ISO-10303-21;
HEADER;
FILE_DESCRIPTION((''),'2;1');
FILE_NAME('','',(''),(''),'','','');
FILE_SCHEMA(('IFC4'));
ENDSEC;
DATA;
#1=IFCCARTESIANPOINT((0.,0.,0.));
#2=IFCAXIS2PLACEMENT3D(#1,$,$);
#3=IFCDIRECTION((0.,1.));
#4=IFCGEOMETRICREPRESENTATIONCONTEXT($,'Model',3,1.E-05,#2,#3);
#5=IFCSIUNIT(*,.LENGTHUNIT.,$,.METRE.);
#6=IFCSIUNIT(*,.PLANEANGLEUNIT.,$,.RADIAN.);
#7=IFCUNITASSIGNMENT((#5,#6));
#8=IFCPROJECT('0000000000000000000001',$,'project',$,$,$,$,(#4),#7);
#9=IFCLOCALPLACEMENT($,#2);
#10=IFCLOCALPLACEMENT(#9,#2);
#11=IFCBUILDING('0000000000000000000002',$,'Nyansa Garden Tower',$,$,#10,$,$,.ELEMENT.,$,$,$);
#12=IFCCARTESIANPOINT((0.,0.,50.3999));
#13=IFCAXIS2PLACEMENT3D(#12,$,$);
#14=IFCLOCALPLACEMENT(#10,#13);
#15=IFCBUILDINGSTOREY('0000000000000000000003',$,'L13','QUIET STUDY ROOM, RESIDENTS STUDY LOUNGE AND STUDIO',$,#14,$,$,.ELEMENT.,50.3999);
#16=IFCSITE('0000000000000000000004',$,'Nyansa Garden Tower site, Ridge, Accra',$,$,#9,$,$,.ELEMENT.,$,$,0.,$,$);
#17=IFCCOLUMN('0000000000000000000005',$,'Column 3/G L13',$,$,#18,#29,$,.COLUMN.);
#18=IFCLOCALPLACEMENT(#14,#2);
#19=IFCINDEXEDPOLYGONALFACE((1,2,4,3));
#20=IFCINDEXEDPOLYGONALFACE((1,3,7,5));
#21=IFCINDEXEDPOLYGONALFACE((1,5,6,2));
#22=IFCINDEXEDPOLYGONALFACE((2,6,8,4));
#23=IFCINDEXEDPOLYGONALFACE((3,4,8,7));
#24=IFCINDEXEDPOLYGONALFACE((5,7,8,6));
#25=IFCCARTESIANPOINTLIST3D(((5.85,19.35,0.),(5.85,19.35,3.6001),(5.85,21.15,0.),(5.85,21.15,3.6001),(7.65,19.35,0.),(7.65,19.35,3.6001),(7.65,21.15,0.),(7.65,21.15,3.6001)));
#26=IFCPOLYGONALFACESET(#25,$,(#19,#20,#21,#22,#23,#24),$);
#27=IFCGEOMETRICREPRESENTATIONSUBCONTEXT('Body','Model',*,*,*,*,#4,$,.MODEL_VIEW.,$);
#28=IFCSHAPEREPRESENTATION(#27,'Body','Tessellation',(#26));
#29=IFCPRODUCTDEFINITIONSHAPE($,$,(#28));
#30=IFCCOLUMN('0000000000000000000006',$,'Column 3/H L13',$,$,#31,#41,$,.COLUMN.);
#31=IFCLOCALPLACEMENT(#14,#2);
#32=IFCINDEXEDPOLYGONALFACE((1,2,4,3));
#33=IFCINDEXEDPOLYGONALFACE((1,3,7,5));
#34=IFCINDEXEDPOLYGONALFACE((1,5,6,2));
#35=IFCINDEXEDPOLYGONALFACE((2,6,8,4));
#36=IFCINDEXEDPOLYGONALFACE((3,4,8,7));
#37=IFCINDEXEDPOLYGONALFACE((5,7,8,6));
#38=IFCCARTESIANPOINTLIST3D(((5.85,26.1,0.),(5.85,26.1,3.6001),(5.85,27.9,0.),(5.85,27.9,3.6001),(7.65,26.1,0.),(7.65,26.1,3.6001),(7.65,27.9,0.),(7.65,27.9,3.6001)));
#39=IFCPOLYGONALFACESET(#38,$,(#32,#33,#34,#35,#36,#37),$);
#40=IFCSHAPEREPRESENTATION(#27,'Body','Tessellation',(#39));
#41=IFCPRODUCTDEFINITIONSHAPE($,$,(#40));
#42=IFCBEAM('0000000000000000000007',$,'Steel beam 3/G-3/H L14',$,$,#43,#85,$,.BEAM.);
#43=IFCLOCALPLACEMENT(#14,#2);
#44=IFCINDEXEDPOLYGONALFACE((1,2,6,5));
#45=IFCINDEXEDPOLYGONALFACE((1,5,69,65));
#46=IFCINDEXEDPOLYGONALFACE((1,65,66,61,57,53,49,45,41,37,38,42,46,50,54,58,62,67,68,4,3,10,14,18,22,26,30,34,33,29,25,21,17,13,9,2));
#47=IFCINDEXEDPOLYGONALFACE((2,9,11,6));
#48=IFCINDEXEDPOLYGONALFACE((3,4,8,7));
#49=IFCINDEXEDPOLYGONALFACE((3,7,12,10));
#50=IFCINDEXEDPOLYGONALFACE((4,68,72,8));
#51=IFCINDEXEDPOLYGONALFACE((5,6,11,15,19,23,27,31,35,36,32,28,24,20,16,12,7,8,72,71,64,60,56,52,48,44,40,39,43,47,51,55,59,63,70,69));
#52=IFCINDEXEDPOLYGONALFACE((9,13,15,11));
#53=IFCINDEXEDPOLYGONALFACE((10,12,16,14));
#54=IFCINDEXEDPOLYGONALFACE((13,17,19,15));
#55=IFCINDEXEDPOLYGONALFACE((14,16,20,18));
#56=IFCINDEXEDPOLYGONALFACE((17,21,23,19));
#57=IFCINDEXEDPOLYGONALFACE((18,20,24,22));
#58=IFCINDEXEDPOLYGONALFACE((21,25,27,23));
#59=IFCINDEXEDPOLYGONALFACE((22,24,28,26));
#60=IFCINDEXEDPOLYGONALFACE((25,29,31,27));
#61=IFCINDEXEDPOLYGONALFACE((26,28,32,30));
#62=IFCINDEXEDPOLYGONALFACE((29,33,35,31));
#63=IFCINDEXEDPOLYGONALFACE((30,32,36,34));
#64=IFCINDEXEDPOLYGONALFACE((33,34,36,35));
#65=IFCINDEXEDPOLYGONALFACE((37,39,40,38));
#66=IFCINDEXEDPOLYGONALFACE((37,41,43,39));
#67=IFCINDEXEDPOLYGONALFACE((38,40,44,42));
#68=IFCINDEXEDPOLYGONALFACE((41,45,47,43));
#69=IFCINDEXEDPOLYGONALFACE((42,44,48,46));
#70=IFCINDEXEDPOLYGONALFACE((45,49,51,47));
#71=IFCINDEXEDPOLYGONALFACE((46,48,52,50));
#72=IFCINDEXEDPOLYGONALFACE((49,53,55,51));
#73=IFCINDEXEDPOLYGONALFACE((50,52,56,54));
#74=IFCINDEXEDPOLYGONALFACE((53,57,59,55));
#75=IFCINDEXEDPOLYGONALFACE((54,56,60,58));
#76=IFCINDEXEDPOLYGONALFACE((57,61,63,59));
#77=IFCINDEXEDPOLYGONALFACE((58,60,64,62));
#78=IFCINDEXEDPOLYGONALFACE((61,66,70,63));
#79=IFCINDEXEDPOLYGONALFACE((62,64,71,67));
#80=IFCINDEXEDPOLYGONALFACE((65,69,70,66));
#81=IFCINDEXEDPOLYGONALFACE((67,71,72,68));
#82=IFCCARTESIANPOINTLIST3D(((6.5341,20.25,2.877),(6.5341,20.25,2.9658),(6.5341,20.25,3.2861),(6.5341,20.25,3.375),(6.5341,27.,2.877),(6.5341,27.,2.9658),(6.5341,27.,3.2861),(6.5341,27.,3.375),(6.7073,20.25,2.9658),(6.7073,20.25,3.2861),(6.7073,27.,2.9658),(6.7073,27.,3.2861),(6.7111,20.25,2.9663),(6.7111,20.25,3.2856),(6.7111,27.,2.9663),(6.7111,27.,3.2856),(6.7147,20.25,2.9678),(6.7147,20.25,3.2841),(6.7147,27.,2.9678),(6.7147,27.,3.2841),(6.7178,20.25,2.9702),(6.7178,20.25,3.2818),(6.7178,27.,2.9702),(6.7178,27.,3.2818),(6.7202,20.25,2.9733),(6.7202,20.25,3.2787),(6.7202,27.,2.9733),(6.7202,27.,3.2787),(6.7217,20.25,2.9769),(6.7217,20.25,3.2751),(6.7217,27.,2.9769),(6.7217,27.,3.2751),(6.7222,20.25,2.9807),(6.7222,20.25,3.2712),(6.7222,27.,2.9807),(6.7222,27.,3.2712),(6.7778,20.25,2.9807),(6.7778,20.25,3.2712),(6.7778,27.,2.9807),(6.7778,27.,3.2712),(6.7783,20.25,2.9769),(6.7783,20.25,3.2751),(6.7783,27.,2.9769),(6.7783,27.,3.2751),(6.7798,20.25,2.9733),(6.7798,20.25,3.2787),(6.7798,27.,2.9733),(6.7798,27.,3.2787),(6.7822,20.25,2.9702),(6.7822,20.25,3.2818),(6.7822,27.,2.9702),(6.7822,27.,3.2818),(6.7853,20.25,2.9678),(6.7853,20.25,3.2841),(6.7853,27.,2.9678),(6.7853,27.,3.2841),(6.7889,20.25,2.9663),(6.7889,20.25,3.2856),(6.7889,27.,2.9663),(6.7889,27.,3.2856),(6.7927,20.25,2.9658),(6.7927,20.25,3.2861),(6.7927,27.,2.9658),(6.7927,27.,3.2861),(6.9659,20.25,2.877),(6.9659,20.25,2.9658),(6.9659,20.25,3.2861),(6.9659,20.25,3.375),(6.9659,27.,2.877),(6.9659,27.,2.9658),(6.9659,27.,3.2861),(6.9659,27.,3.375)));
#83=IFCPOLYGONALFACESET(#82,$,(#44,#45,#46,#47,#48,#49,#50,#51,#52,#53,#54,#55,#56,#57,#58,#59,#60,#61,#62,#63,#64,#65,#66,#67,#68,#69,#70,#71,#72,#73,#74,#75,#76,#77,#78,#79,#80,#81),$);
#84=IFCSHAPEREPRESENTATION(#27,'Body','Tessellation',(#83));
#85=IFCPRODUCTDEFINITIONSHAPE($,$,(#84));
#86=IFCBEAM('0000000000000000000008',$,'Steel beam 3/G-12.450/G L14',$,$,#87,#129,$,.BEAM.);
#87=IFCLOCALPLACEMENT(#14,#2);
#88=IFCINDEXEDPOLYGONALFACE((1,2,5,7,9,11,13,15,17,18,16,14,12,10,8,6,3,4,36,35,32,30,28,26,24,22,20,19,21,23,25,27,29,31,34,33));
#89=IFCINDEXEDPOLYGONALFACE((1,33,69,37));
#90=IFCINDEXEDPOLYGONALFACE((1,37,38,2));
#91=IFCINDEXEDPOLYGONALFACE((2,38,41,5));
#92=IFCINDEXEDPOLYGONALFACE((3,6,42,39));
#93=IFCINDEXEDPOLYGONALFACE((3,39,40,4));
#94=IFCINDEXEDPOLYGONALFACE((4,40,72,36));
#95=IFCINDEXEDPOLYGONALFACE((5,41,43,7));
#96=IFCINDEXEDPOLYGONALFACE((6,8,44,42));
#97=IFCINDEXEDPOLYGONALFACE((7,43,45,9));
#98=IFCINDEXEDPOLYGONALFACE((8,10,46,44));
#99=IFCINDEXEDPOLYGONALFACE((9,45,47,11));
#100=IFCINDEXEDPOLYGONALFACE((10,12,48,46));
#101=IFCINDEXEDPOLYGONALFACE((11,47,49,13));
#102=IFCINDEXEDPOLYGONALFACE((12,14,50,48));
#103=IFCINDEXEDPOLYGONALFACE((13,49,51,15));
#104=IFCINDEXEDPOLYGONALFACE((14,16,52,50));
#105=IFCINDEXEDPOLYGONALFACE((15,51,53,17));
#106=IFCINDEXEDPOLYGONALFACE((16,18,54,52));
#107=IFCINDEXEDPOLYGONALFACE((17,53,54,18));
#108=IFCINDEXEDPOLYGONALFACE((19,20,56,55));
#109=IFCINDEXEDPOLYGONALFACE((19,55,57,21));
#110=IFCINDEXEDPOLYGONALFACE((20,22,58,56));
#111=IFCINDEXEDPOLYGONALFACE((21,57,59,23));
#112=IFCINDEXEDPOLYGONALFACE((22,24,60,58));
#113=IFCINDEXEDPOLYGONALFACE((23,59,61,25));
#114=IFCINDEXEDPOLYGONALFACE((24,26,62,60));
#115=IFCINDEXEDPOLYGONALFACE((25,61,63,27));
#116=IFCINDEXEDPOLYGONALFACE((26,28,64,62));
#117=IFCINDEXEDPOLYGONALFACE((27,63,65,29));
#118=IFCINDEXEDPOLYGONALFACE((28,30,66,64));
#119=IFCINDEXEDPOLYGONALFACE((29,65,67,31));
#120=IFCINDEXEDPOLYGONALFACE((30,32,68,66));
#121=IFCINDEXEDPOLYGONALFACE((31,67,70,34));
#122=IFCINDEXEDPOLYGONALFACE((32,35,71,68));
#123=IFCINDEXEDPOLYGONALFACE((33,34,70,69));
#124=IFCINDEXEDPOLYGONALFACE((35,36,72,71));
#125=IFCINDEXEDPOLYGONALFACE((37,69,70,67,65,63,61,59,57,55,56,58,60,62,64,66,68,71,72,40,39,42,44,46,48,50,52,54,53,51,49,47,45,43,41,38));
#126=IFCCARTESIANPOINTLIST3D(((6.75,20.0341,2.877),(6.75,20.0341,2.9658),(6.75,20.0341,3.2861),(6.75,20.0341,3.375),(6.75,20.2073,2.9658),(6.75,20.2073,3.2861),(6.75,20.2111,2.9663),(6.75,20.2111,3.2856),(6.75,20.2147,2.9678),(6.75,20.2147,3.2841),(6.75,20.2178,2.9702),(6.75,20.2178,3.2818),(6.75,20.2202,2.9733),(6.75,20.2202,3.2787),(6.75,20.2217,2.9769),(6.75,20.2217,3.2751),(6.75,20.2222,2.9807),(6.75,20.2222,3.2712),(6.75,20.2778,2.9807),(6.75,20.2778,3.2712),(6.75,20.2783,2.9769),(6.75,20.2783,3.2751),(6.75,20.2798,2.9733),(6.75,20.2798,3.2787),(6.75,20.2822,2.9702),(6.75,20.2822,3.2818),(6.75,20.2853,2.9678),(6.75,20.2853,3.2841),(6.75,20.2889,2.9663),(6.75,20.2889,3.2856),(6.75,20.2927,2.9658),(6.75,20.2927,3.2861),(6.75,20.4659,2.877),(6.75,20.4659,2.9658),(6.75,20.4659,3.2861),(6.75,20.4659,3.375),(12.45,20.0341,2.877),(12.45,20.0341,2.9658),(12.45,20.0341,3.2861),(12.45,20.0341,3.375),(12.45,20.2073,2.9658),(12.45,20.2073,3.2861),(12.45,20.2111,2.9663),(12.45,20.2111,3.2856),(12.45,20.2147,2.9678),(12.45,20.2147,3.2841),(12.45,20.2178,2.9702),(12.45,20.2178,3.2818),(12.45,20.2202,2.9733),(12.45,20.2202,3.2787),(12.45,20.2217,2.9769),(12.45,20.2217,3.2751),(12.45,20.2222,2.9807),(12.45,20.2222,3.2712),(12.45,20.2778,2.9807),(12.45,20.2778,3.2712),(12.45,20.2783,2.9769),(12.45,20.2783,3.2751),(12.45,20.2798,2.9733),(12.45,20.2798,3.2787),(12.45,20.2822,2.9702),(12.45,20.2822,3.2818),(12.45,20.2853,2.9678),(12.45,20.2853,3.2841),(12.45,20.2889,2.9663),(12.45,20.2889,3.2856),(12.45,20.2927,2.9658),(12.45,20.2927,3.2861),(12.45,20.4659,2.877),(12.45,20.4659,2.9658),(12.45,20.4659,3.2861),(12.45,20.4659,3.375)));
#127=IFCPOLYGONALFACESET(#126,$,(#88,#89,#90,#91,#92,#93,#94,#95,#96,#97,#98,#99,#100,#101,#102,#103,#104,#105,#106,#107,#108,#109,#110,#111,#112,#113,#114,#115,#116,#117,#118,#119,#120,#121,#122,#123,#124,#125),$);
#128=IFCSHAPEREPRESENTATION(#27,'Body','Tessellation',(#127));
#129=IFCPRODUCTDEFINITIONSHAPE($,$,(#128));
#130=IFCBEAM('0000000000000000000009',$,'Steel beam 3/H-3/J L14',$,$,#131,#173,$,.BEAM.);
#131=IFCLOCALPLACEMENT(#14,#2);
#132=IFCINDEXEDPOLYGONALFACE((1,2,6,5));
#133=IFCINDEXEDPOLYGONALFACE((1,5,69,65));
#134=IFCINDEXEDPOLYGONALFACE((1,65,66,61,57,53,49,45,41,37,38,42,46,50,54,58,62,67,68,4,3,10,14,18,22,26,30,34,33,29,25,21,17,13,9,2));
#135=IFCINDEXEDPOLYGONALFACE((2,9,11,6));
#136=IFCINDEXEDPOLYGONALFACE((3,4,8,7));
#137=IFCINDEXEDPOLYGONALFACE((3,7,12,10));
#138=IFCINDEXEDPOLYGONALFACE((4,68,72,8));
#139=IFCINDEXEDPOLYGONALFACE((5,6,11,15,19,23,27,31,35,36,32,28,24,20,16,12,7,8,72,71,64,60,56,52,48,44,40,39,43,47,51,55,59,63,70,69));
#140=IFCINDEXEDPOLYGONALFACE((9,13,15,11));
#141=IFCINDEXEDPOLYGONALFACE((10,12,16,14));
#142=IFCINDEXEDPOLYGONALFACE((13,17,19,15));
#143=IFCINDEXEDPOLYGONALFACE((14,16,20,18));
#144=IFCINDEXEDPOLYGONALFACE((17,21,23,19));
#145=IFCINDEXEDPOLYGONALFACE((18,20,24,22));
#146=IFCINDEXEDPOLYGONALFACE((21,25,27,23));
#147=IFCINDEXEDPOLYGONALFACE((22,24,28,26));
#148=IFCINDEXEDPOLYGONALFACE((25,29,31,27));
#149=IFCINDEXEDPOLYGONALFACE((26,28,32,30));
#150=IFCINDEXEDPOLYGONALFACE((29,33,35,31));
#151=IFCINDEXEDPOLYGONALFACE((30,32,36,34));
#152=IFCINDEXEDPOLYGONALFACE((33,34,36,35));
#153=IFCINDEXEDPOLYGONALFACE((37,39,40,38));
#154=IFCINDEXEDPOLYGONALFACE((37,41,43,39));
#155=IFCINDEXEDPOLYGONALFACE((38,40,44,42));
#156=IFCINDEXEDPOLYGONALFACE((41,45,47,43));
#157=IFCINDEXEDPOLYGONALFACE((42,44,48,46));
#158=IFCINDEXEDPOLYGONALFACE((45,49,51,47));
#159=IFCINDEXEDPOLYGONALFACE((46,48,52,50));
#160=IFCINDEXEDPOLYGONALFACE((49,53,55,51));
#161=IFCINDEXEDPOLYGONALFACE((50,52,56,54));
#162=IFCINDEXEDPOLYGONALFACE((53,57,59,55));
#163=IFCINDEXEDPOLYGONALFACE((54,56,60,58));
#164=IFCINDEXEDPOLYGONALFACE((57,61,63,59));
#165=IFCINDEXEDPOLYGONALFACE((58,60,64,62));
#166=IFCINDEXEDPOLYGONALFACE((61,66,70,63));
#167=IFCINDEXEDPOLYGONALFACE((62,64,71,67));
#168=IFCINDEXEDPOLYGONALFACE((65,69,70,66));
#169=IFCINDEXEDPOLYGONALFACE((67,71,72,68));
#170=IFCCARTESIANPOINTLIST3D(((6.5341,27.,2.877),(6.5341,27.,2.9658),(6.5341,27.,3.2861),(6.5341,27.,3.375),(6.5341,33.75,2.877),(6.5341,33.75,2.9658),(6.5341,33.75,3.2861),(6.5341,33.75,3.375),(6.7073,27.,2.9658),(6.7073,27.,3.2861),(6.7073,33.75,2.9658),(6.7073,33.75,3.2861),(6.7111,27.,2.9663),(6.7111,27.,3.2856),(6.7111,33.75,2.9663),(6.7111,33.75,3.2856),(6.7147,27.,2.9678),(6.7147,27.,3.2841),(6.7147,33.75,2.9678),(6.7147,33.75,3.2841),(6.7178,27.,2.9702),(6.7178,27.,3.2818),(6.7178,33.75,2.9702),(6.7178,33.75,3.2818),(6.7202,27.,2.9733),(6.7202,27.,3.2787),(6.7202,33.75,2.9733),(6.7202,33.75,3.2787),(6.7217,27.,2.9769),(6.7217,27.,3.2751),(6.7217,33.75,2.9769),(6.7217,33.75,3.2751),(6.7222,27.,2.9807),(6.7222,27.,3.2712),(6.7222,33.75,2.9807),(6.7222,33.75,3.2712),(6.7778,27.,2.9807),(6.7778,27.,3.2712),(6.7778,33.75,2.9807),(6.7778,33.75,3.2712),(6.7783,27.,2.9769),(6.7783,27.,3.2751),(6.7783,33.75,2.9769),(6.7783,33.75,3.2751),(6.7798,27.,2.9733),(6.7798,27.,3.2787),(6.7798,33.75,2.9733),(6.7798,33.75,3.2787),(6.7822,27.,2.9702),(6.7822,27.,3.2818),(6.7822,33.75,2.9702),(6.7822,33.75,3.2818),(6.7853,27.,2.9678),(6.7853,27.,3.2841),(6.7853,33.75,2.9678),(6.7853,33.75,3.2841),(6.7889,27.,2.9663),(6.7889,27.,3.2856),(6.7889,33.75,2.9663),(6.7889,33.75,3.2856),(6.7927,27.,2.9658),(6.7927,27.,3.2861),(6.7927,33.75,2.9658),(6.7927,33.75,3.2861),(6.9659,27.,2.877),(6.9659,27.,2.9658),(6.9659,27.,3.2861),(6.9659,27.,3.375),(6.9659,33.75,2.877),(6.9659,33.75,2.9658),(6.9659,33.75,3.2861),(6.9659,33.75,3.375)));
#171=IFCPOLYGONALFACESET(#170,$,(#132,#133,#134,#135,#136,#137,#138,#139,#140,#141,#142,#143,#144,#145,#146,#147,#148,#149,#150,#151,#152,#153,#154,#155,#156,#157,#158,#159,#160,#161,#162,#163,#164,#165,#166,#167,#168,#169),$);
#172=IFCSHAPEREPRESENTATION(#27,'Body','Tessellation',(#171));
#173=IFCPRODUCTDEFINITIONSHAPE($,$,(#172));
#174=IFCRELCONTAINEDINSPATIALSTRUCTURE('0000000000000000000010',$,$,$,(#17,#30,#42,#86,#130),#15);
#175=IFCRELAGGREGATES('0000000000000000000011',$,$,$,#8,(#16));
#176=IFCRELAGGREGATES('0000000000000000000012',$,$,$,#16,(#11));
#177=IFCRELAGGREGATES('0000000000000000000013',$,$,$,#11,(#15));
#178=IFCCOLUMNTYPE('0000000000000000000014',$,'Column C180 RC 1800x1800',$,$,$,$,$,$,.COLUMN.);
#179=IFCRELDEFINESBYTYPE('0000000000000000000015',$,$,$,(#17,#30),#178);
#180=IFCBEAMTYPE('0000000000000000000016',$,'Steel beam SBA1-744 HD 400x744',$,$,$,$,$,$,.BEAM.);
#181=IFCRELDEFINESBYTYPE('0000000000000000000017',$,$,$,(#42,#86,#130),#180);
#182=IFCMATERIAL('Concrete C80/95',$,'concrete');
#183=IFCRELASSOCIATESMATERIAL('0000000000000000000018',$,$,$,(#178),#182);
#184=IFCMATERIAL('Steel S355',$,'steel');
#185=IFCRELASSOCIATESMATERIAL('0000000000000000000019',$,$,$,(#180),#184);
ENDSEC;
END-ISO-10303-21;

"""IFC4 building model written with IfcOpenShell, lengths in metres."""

from ifc_helpers import new_model, si_unit, direction, frame, origin, origin_2d, place, context, subcontext, project, spatial, rectangle, i_section, extrude, material, material_profile, profile_set, type_object, element, save


model = new_model("IFC4")

# Units and contexts
model_context = context("Model", 3, precision=1e-05, world=origin(), true_north=direction((0.0, 1.0)))
body_context = subcontext(model_context, "Body", "Model", "MODEL_VIEW")
ifc_project = project(units=[si_unit("LENGTHUNIT", "METRE"), si_unit("PLANEANGLEUNIT", "RADIAN")], contexts=[model_context])

# Site, building, storey
site_placement = place(None, origin())
site = spatial("IfcSite", under=ifc_project, at=site_placement, Name="Nyansa Garden Tower site, Ridge, Accra", CompositionType="ELEMENT", RefElevation=0.0)
building_placement = place(site_placement, origin())
building = spatial("IfcBuilding", under=site, at=building_placement, Name="Nyansa Garden Tower", CompositionType="ELEMENT")
storey_placement = place(building_placement, frame((0.0, 0.0, 50.3999)))
storey = spatial("IfcBuildingStorey", under=building, at=storey_placement, Name="L13", Description="QUIET STUDY ROOM, RESIDENTS STUDY LOUNGE AND STUDIO", CompositionType="ELEMENT", Elevation=50.3999)

# Columns
ifc_material_1 = material(Name="Concrete C80/95", Category="concrete")
ifc_material_profile_1 = material_profile(ifc_material_1, rectangle(XDim=1.8, YDim=1.8, at=origin_2d()), Name="RC 1800x1800")
ifc_profile_set_1 = profile_set([ifc_material_profile_1], Name="Concrete C80/95")
column_type = type_object("IfcColumnType", Name="Column C180 RC 1800x1800", PredefinedType="COLUMN", material=ifc_profile_set_1)
for number, where, z_axis, x_axis, name in (
    (1, (6.75, 20.25, 0.0), (0.0, 0.0, 1.0), (1.0, 0.0, 0.0), "Column 3/G L13"),
    (2, (6.75, 27.0, 0.0), (0.0, 0.0, 1.0), (1.0, 0.0, 0.0), "Column 3/H L13"),
):
    element("IfcColumn", number, at=place(storey_placement, frame(where, z_axis=z_axis, x_axis=x_axis)), inside=storey, type_object=column_type, Name=name, PredefinedType="COLUMN", context=body_context, shape_type="SweptSolid", body=[
        extrude(rectangle(XDim=1.8, YDim=1.8, at=origin_2d()), origin(), (0.0, 0.0, 1.0), 3.6001),
    ])

# Beams
ifc_material_2 = material(Name="Steel S355", Category="steel")
ifc_material_profile_2 = material_profile(ifc_material_2, i_section(OverallWidth=0.4319, OverallDepth=0.498, WebThickness=0.0557, FlangeThickness=0.0889, FilletRadius=0.0149, at=origin_2d()), Name="HD 400x744")
ifc_profile_set_2 = profile_set([ifc_material_profile_2], Name="Steel S355")
beam_type_1 = type_object("IfcBeamType", Name="Steel beam SBA1-744 HD 400x744", PredefinedType="BEAM", material=ifc_profile_set_2)
beam_1_placement = place(storey_placement, frame((6.75, 20.25, 3.126), z_axis=(0.0, 1.0, 0.0), x_axis=(-1.0, 0.0, 0.0)))
element("IfcBeam", 3, at=beam_1_placement, inside=storey, type_object=beam_type_1, Name="Steel beam 3/G-3/H L14", PredefinedType="BEAM", context=body_context, shape_type="SweptSolid", body=[
    extrude(i_section(OverallWidth=0.4319, OverallDepth=0.498, WebThickness=0.0557, FlangeThickness=0.0889, FilletRadius=0.0149, at=origin_2d()), origin(), (0.0, 0.0, 1.0), 6.75),
])
beam_2_placement = place(storey_placement, frame((6.75, 20.25, 3.126), z_axis=(1.0, 0.0, 0.0), x_axis=(0.0, 1.0, 0.0)))
element("IfcBeam", 4, at=beam_2_placement, inside=storey, type_object=beam_type_1, Name="Steel beam 3/G-12.450/G L14", PredefinedType="BEAM", context=body_context, shape_type="SweptSolid", body=[
    extrude(i_section(OverallWidth=0.4319, OverallDepth=0.498, WebThickness=0.0557, FlangeThickness=0.0889, FilletRadius=0.0149, at=origin_2d()), origin(), (0.0, 0.0, 1.0), 5.7),
])
beam_3_placement = place(storey_placement, frame((6.75, 27.0, 3.126), z_axis=(0.0, 1.0, 0.0), x_axis=(-1.0, 0.0, 0.0)))
element("IfcBeam", 5, at=beam_3_placement, inside=storey, type_object=beam_type_1, Name="Steel beam 3/H-3/J L14", PredefinedType="BEAM", context=body_context, shape_type="SweptSolid", body=[
    extrude(i_section(OverallWidth=0.4319, OverallDepth=0.498, WebThickness=0.0557, FlangeThickness=0.0889, FilletRadius=0.0149, at=origin_2d()), origin(), (0.0, 0.0, 1.0), 6.75),
])

save(model, "model.ifc")
